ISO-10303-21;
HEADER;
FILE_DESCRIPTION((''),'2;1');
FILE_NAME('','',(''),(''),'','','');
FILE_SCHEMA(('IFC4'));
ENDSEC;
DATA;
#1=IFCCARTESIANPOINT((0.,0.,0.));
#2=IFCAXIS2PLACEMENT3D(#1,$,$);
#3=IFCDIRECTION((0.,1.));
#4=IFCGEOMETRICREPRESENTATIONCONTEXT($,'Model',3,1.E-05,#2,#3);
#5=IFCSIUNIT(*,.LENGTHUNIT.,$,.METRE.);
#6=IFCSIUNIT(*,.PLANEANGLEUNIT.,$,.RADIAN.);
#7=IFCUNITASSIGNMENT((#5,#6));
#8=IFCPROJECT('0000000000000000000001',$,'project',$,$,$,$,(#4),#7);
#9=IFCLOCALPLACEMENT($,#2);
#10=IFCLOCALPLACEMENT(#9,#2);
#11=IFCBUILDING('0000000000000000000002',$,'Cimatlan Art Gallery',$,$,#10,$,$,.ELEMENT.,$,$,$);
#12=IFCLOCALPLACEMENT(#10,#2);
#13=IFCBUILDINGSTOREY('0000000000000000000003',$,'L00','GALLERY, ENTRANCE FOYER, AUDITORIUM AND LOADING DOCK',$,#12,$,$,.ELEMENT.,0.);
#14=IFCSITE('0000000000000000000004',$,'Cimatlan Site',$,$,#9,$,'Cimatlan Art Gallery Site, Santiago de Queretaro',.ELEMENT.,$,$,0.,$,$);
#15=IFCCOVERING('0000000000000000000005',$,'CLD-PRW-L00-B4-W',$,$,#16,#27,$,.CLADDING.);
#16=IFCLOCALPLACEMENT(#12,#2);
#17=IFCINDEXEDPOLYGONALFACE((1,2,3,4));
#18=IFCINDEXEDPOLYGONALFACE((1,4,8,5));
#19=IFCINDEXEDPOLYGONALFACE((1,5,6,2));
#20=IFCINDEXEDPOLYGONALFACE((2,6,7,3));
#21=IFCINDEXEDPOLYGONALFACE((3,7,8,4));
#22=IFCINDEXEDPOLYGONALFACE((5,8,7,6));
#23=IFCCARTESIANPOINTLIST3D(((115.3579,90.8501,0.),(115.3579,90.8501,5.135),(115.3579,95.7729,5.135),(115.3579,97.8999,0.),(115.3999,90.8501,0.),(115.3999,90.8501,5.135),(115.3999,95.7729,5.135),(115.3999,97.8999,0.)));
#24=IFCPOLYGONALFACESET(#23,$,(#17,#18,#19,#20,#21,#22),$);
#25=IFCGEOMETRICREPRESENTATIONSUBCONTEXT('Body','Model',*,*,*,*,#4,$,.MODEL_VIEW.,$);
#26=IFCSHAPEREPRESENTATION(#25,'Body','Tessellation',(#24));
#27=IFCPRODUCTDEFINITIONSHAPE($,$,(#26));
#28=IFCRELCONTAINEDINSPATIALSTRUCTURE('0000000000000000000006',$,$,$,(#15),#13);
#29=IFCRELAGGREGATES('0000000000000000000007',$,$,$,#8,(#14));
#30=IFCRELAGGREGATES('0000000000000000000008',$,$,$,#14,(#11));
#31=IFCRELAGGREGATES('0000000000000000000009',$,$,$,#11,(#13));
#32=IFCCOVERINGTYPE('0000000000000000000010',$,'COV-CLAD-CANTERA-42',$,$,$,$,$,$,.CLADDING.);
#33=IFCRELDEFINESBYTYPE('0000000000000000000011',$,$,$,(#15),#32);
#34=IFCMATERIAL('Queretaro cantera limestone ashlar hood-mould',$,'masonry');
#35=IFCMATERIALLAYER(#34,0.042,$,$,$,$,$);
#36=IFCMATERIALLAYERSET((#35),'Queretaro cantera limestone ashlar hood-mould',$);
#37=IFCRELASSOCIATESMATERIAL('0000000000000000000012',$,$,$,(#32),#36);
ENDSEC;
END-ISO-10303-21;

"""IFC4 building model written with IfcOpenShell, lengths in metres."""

from ifc_helpers import new_model, si_unit, direction, frame, origin, place, context, subcontext, project, spatial, polyline, outline, extrude, material, layer, layer_set, type_object, element, save


model = new_model("IFC4")

# Units and contexts
model_context = context("Model", 3, precision=1e-05, world=origin(), true_north=direction((0.0, 1.0)))
body_context = subcontext(model_context, "Body", "Model", "MODEL_VIEW")
ifc_project = project(units=[si_unit("LENGTHUNIT", "METRE"), si_unit("PLANEANGLEUNIT", "RADIAN")], contexts=[model_context])

# Site, building, storey
site_placement = place(None, origin())
site = spatial("IfcSite", under=ifc_project, at=site_placement, Name="Cimatlan Site", LongName="Cimatlan Art Gallery Site, Santiago de Queretaro", CompositionType="ELEMENT", RefElevation=0.0)
building_placement = place(site_placement, origin())
building = spatial("IfcBuilding", under=site, at=building_placement, Name="Cimatlan Art Gallery", CompositionType="ELEMENT")
storey_placement = place(building_placement, origin())
storey = spatial("IfcBuildingStorey", under=building, at=storey_placement, Name="L00", Description="GALLERY, ENTRANCE FOYER, AUDITORIUM AND LOADING DOCK", CompositionType="ELEMENT", Elevation=0.0)

# Covering
ifc_material_1 = material(Name="Queretaro cantera limestone ashlar hood-mould", Category="masonry")
ifc_layer_1 = layer(ifc_material_1, 0.042)
ifc_layer_set_1 = layer_set([ifc_layer_1], Name="Queretaro cantera limestone ashlar hood-mould")
covering_type = type_object("IfcCoveringType", Name="COV-CLAD-CANTERA-42", PredefinedType="CLADDING", material=ifc_layer_set_1)
covering_placement = place(storey_placement, frame((115.3999, 90.8501, 0.0), z_axis=(1.0, 0.0, 0.0), x_axis=(0.0, 1.0, 0.0)))
element("IfcCovering", 1, at=covering_placement, inside=storey, type_object=covering_type, Name="CLD-PRW-L00-B4-W", PredefinedType="CLADDING", context=body_context, shape_type="SweptSolid", body=[
    extrude(outline(polyline([(0.0, 0.0), (7.0498, 0.0), (4.9229, 5.135), (0.0, 5.135), (0.0, 0.0)])), origin(), (0.0, 0.0, -1.0), 0.042),
])

save(model, "model.ifc")
